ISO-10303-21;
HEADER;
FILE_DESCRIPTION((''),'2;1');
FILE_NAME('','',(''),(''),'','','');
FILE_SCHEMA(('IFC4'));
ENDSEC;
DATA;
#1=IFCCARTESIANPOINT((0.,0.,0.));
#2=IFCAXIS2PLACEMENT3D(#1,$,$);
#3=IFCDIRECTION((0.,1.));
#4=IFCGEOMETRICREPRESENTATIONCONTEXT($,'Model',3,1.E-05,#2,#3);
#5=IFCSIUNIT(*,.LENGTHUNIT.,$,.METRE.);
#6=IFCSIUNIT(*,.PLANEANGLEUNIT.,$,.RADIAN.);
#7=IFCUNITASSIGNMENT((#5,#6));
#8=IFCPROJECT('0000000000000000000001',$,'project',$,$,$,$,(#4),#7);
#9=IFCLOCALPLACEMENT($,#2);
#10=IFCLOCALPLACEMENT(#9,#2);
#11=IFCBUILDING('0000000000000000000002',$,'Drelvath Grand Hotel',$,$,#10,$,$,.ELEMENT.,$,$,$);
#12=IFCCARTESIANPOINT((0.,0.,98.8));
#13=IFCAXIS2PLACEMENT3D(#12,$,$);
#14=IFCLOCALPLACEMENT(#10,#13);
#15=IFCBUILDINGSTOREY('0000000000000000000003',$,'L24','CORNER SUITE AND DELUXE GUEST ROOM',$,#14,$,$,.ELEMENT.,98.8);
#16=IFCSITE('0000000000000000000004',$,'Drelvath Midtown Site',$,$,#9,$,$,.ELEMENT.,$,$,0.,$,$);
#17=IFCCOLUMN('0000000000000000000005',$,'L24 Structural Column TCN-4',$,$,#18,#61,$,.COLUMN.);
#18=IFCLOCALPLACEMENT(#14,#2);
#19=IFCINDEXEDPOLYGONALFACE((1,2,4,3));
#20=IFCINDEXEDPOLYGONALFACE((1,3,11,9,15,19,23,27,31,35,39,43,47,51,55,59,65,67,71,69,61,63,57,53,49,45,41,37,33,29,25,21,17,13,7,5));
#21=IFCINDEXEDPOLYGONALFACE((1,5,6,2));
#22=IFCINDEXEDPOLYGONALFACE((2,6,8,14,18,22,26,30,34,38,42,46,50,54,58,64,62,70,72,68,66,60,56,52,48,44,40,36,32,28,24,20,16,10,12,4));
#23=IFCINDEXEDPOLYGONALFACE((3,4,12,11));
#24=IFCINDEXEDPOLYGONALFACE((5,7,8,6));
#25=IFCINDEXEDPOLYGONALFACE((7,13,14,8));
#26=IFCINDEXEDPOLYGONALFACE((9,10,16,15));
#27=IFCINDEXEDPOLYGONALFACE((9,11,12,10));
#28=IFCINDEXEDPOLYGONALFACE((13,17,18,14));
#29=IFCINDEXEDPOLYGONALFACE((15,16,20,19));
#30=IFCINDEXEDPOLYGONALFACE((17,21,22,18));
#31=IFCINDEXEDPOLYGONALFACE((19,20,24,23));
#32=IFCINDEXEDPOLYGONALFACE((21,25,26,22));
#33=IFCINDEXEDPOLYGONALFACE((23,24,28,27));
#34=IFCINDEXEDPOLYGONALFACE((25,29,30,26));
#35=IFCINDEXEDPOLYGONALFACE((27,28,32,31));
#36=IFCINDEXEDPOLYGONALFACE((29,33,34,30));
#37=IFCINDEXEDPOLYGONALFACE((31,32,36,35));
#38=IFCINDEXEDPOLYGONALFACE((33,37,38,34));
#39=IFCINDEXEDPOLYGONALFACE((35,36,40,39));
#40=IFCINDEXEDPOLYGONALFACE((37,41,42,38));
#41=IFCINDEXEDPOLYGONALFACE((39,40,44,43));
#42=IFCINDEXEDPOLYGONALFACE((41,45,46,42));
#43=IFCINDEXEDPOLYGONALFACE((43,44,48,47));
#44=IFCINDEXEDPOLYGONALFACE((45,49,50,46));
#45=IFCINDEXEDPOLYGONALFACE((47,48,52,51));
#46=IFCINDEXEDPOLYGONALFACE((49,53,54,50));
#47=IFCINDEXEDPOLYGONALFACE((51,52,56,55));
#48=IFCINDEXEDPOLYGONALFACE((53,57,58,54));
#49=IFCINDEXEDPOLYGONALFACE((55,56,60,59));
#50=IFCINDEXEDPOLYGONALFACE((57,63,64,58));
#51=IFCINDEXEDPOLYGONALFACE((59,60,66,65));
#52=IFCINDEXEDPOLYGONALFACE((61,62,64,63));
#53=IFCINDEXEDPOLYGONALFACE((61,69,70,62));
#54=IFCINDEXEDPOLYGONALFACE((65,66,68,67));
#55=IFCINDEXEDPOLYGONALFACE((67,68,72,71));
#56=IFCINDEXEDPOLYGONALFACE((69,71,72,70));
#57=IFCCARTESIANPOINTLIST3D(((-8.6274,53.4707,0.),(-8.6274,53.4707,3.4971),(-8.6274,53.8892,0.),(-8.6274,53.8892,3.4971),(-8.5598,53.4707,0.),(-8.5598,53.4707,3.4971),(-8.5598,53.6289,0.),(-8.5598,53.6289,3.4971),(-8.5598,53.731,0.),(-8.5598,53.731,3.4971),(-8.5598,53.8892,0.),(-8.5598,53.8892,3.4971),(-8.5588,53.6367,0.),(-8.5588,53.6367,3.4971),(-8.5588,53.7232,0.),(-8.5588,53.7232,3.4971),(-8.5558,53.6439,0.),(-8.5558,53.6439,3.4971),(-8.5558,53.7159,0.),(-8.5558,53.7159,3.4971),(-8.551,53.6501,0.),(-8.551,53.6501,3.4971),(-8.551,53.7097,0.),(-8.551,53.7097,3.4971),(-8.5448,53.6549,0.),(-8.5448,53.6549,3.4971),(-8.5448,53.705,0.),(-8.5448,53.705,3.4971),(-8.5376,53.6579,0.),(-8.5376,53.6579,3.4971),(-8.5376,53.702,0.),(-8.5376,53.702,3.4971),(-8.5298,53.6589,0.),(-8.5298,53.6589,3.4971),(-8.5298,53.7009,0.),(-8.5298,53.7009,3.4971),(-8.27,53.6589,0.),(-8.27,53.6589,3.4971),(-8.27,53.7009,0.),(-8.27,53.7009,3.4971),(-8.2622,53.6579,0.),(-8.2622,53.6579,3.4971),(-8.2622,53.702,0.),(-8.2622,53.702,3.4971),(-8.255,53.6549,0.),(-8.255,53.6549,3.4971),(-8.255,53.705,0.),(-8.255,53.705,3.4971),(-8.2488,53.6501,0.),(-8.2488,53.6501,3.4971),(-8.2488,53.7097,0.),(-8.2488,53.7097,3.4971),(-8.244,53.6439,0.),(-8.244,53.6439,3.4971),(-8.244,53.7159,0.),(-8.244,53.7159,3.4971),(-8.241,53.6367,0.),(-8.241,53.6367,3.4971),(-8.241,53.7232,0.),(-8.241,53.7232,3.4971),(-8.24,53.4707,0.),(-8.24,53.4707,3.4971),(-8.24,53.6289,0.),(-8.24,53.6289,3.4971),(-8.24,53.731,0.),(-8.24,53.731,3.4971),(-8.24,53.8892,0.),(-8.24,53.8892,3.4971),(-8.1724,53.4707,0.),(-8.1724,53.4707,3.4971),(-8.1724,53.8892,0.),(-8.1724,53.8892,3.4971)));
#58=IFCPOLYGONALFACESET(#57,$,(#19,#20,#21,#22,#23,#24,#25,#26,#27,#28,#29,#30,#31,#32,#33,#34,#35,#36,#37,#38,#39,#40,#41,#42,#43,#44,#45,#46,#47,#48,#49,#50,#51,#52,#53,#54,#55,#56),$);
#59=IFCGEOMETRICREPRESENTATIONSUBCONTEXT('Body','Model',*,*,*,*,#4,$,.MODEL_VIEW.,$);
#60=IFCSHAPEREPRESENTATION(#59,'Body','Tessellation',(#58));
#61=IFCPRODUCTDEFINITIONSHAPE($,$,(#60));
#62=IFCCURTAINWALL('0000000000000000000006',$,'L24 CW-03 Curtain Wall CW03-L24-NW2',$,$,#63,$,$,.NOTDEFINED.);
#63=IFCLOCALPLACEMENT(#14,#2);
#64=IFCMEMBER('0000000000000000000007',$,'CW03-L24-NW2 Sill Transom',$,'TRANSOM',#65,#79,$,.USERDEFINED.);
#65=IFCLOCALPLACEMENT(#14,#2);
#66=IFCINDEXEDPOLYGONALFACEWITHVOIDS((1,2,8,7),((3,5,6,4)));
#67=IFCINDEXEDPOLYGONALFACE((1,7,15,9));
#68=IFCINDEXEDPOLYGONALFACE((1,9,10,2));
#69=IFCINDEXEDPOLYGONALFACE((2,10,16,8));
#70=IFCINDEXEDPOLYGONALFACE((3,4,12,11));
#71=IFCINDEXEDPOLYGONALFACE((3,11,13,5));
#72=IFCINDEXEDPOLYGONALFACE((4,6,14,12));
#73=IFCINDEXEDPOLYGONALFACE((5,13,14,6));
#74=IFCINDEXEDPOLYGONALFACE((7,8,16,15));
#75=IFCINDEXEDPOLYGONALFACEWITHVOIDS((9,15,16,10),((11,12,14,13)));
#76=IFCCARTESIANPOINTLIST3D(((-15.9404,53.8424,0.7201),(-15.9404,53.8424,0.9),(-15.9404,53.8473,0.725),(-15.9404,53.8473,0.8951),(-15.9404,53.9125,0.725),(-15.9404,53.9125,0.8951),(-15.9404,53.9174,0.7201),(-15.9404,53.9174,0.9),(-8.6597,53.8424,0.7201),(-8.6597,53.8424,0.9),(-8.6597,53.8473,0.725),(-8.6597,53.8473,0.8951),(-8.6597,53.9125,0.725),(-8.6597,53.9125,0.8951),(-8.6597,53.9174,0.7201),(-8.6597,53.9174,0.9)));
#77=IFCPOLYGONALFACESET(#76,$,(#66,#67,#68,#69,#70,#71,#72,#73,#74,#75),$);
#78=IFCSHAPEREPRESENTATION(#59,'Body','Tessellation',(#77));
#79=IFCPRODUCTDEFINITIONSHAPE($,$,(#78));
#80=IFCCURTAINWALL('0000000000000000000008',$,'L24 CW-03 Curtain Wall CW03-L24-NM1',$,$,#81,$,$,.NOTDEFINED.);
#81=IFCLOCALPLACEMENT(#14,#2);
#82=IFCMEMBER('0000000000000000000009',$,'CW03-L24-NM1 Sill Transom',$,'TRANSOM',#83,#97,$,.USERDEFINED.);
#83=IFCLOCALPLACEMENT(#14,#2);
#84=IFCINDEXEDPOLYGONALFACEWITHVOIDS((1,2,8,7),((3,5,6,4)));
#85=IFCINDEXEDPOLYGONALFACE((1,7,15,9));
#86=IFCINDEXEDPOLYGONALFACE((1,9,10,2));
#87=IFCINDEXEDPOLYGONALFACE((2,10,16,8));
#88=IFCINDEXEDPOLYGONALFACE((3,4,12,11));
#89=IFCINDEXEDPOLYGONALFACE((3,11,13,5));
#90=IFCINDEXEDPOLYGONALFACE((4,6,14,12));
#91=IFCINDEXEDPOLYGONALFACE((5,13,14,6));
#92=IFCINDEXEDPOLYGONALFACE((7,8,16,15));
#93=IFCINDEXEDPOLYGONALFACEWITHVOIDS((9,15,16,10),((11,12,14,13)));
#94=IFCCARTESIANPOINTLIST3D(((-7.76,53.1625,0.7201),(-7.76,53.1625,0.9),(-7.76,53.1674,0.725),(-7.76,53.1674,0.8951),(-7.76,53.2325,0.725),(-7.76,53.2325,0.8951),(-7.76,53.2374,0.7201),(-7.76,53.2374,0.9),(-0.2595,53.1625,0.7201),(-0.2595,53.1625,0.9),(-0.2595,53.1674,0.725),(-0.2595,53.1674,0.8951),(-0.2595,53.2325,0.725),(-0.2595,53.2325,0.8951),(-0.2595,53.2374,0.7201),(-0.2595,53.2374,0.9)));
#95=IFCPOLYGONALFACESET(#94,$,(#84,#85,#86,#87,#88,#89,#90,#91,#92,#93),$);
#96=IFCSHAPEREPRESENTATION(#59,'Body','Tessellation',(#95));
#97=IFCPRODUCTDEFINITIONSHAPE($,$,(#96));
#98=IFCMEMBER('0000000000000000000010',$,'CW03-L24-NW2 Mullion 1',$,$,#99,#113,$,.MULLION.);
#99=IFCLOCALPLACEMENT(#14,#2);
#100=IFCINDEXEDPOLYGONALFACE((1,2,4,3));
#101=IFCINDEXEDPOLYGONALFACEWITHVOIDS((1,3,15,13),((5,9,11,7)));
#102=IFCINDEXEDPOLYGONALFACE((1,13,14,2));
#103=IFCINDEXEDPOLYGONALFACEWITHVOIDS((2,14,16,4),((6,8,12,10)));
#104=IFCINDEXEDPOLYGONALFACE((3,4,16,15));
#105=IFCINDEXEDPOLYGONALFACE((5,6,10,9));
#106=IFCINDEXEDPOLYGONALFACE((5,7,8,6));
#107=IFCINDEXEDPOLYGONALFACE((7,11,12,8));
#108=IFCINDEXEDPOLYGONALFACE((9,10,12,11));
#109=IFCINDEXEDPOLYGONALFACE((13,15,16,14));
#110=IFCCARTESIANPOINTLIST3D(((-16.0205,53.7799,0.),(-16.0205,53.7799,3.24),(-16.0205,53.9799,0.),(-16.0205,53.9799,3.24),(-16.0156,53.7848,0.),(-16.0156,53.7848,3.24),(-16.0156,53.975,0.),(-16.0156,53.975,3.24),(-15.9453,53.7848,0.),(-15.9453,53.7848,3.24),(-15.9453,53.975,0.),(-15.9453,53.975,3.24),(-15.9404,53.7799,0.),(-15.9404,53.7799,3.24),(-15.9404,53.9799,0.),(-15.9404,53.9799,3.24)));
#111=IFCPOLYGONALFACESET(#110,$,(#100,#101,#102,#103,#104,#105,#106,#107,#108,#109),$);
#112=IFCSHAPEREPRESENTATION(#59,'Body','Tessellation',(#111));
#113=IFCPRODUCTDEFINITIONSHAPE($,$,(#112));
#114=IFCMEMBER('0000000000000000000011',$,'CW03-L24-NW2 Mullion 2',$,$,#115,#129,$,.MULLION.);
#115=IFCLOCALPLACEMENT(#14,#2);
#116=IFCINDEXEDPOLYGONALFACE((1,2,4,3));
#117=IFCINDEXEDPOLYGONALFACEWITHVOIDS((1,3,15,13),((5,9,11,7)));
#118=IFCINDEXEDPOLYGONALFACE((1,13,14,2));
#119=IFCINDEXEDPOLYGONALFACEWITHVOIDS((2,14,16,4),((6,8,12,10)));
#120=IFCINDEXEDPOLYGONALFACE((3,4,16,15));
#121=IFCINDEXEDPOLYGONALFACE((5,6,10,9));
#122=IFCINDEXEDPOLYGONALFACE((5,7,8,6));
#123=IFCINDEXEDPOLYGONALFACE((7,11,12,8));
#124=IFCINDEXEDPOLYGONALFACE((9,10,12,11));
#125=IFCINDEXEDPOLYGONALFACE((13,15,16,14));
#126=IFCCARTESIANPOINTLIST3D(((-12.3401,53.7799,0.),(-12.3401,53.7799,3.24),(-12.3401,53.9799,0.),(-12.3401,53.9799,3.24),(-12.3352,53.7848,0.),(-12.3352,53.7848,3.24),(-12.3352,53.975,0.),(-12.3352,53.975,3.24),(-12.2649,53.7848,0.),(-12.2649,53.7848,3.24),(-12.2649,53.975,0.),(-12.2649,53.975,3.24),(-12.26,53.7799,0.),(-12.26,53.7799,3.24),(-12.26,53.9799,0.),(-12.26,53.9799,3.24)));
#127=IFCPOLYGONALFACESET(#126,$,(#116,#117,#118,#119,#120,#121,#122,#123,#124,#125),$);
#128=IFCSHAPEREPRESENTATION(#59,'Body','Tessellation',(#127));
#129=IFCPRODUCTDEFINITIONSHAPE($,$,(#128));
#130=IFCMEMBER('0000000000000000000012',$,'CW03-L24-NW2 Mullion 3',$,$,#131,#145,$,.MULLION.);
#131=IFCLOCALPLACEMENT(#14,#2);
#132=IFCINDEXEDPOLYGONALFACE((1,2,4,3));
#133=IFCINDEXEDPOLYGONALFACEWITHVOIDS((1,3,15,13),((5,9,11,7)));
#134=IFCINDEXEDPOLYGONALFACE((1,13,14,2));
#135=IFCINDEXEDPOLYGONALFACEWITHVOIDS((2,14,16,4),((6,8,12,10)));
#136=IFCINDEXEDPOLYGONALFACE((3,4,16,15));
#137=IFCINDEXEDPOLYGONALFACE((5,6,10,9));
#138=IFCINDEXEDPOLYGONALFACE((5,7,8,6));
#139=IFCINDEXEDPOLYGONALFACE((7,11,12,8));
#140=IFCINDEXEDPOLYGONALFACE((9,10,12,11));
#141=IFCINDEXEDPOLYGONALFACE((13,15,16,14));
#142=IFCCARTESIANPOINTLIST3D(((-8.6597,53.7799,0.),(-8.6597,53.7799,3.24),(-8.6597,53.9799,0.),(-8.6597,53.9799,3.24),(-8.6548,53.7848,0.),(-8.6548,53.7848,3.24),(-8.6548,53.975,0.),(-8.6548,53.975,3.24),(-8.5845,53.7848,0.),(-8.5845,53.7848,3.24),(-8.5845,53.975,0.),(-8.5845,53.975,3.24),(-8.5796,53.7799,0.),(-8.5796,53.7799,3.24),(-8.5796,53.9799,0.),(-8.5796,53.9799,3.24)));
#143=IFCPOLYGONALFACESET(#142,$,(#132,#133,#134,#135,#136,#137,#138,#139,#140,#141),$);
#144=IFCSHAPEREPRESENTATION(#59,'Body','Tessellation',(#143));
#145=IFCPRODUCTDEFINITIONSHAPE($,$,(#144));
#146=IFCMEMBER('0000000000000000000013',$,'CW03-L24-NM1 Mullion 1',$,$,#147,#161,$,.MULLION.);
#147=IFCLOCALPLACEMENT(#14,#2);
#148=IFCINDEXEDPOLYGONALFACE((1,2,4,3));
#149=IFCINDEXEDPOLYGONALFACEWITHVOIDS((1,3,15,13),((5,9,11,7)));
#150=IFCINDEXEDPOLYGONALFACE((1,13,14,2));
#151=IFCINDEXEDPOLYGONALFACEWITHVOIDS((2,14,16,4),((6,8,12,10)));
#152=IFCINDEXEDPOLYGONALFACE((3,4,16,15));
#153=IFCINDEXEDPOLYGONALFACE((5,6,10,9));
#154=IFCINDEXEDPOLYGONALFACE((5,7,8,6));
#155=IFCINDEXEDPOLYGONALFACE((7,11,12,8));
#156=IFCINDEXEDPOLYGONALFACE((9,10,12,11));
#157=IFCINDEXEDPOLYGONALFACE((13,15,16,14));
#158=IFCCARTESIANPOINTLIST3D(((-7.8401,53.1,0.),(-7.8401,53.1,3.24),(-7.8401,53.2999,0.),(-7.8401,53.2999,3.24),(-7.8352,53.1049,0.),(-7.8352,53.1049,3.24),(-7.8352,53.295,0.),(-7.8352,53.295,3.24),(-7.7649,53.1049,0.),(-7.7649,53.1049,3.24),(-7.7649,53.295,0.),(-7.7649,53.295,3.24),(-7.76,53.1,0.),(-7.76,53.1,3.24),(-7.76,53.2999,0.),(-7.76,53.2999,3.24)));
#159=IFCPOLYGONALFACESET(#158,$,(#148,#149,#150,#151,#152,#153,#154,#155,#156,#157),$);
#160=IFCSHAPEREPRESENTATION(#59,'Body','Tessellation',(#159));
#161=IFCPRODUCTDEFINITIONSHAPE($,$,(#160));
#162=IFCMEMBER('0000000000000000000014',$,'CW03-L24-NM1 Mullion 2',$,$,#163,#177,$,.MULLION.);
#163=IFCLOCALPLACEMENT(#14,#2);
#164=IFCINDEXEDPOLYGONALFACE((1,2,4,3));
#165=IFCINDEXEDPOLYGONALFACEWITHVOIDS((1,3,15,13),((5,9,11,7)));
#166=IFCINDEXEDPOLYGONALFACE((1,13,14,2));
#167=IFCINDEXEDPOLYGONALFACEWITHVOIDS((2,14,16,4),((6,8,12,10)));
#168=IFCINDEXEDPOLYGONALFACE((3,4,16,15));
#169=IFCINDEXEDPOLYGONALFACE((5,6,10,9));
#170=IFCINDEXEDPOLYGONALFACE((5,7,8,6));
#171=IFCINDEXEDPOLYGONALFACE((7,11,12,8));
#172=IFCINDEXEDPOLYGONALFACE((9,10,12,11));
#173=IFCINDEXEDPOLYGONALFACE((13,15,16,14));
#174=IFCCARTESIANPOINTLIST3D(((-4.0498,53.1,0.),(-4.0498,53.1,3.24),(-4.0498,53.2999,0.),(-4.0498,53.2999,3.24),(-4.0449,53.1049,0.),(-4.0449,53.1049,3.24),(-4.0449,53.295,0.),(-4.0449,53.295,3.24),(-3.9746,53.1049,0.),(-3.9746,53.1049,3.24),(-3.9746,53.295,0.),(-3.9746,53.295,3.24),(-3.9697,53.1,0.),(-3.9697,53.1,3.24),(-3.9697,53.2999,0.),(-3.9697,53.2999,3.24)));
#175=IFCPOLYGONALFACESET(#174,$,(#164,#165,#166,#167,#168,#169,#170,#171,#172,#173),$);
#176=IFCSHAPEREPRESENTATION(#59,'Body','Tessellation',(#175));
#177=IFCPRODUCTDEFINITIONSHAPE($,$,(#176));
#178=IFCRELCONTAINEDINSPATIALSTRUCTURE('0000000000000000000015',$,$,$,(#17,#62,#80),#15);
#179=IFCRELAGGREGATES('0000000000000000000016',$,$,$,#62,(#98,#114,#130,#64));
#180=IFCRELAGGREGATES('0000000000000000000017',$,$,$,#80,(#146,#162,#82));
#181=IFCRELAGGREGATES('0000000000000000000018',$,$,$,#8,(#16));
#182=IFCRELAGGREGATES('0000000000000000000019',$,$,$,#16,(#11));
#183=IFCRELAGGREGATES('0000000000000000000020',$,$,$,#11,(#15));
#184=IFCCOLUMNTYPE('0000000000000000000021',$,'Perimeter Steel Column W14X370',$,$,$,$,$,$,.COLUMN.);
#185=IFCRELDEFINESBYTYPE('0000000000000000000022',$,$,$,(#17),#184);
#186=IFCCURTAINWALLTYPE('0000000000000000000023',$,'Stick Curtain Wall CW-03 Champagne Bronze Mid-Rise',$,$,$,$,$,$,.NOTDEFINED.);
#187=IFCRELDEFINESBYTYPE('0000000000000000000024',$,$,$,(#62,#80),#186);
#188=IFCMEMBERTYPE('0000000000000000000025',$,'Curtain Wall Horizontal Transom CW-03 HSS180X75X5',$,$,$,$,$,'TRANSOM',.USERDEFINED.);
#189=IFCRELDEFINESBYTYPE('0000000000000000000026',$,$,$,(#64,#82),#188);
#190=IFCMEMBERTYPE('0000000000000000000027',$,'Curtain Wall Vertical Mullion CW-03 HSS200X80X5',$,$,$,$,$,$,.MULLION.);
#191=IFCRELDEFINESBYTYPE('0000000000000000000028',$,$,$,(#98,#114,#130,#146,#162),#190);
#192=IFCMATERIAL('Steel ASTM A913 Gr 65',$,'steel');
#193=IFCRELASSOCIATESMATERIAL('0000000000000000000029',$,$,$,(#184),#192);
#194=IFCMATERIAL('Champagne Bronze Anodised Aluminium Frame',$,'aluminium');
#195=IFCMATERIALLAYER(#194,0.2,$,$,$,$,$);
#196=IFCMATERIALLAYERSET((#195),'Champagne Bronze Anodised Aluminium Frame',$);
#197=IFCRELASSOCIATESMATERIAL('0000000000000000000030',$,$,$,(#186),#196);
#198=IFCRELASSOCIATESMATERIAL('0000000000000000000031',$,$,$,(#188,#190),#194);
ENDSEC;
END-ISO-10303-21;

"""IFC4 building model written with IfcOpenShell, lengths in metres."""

from ifc_helpers import new_model, si_unit, direction, frame, origin, origin_2d, place, context, subcontext, project, spatial, hollow_rectangle, i_section, extrude, material, layer, layer_set, material_profile, profile_set, type_object, element, aggregate, save


model = new_model("IFC4")

# Units and contexts
model_context = context("Model", 3, precision=1e-05, world=origin(), true_north=direction((0.0, 1.0)))
body_context = subcontext(model_context, "Body", "Model", "MODEL_VIEW")
ifc_project = project(units=[si_unit("LENGTHUNIT", "METRE"), si_unit("PLANEANGLEUNIT", "RADIAN")], contexts=[model_context])

# Site, building, storey
site_placement = place(None, origin())
site = spatial("IfcSite", under=ifc_project, at=site_placement, Name="Drelvath Midtown Site", CompositionType="ELEMENT", RefElevation=0.0)
building_placement = place(site_placement, origin())
building = spatial("IfcBuilding", under=site, at=building_placement, Name="Drelvath Grand Hotel", CompositionType="ELEMENT")
storey_placement = place(building_placement, frame((0.0, 0.0, 98.8)))
storey = spatial("IfcBuildingStorey", under=building, at=storey_placement, Name="L24", Description="CORNER SUITE AND DELUXE GUEST ROOM", CompositionType="ELEMENT", Elevation=98.8)

# Column
ifc_material_1 = material(Name="Steel ASTM A913 Gr 65", Category="steel")
ifc_material_profile_1 = material_profile(ifc_material_1, i_section(OverallWidth=0.4185, OverallDepth=0.4551, WebThickness=0.042, FlangeThickness=0.0676, FilletRadius=0.03, at=origin_2d()), Name="W14X370")
ifc_profile_set_1 = profile_set([ifc_material_profile_1], Name="Steel ASTM A913 Gr 65")
column_type = type_object("IfcColumnType", Name="Perimeter Steel Column W14X370", PredefinedType="COLUMN", material=ifc_profile_set_1)
column_placement = place(storey_placement, frame((-8.3999, 53.6799, 0.0), z_axis=(0.0, 0.0, 1.0), x_axis=(0.0, 1.0, 0.0)))
element("IfcColumn", 1, at=column_placement, inside=storey, type_object=column_type, Name="L24 Structural Column TCN-4", PredefinedType="COLUMN", context=body_context, shape_type="SweptSolid", body=[
    extrude(i_section(OverallWidth=0.4185, OverallDepth=0.4551, WebThickness=0.042, FlangeThickness=0.0676, FilletRadius=0.03, at=origin_2d()), origin(), (0.0, 0.0, 1.0), 3.4971),
])

# Curtain walls, members
ifc_material_2 = material(Name="Champagne Bronze Anodised Aluminium Frame", Category="aluminium")
ifc_layer_1 = layer(ifc_material_2, 0.2)
ifc_layer_set_1 = layer_set([ifc_layer_1], Name="Champagne Bronze Anodised Aluminium Frame")
curtain_wall_type = type_object("IfcCurtainWallType", Name="Stick Curtain Wall CW-03 Champagne Bronze Mid-Rise", PredefinedType="NOTDEFINED", material=ifc_layer_set_1)
curtain_wall_1_placement = place(storey_placement, origin())
curtain_wall_1 = element("IfcCurtainWall", 2, at=curtain_wall_1_placement, inside=storey, type_object=curtain_wall_type, Name="L24 CW-03 Curtain Wall CW03-L24-NW2", PredefinedType="NOTDEFINED")
ifc_material_profile_2 = material_profile(ifc_material_2, hollow_rectangle(XDim=0.075, YDim=0.1799, WallThickness=0.0049, at=origin_2d()), Name="HSS180X75X5")
ifc_profile_set_2 = profile_set([ifc_material_profile_2], Name="Champagne Bronze Anodised Aluminium Frame")
member_type_1 = type_object("IfcMemberType", Name="Curtain Wall Horizontal Transom CW-03 HSS180X75X5", ElementType="TRANSOM", PredefinedType="USERDEFINED", material=ifc_profile_set_2)
member_1_placement = place(storey_placement, frame((-15.9404, 53.8799, 0.8101), z_axis=(1.0, 0.0, 0.0), x_axis=(0.0, 1.0, 0.0)))
member_1 = element("IfcMember", 3, at=member_1_placement, type_object=member_type_1, Name="CW03-L24-NW2 Sill Transom", ObjectType="TRANSOM", PredefinedType="USERDEFINED", context=body_context, shape_type="SweptSolid", body=[
    extrude(hollow_rectangle(XDim=0.075, YDim=0.1799, WallThickness=0.0049, at=origin_2d()), origin(), (0.0, 0.0, 1.0), 7.2808),
])
curtain_wall_2_placement = place(storey_placement, origin())
curtain_wall_2 = element("IfcCurtainWall", 4, at=curtain_wall_2_placement, inside=storey, type_object=curtain_wall_type, Name="L24 CW-03 Curtain Wall CW03-L24-NM1", PredefinedType="NOTDEFINED")
member_2_placement = place(storey_placement, frame((-7.76, 53.2, 0.8101), z_axis=(1.0, 0.0, 0.0), x_axis=(0.0, 1.0, 0.0)))
member_2 = element("IfcMember", 5, at=member_2_placement, type_object=member_type_1, Name="CW03-L24-NM1 Sill Transom", ObjectType="TRANSOM", PredefinedType="USERDEFINED", context=body_context, shape_type="SweptSolid", body=[
    extrude(hollow_rectangle(XDim=0.075, YDim=0.1799, WallThickness=0.0049, at=origin_2d()), origin(), (0.0, 0.0, 1.0), 7.5005),
])

# Members
ifc_material_profile_3 = material_profile(ifc_material_2, hollow_rectangle(XDim=0.0801, YDim=0.2, WallThickness=0.0049, at=origin_2d()), Name="HSS200X80X5")
ifc_profile_set_3 = profile_set([ifc_material_profile_3], Name="Champagne Bronze Anodised Aluminium Frame")
member_type_2 = type_object("IfcMemberType", Name="Curtain Wall Vertical Mullion CW-03 HSS200X80X5", PredefinedType="MULLION", material=ifc_profile_set_3)
member_3_placement = place(storey_placement, frame((-15.9805, 53.8799, 0.0), z_axis=(0.0, 0.0, 1.0), x_axis=(1.0, 0.0, 0.0)))
member_3 = element("IfcMember", 6, at=member_3_placement, type_object=member_type_2, Name="CW03-L24-NW2 Mullion 1", PredefinedType="MULLION", context=body_context, shape_type="SweptSolid", body=[
    extrude(hollow_rectangle(XDim=0.0801, YDim=0.2, WallThickness=0.0049, at=origin_2d()), origin(), (0.0, 0.0, 1.0), 3.24),
])
member_4_placement = place(storey_placement, frame((-12.3, 53.8799, 0.0), z_axis=(0.0, 0.0, 1.0), x_axis=(1.0, 0.0, 0.0)))
member_4 = element("IfcMember", 7, at=member_4_placement, type_object=member_type_2, Name="CW03-L24-NW2 Mullion 2", PredefinedType="MULLION", context=body_context, shape_type="SweptSolid", body=[
    extrude(hollow_rectangle(XDim=0.0801, YDim=0.2, WallThickness=0.0049, at=origin_2d()), origin(), (0.0, 0.0, 1.0), 3.24),
])
member_5_placement = place(storey_placement, frame((-8.6196, 53.8799, 0.0), z_axis=(0.0, 0.0, 1.0), x_axis=(1.0, 0.0, 0.0)))
member_5 = element("IfcMember", 8, at=member_5_placement, type_object=member_type_2, Name="CW03-L24-NW2 Mullion 3", PredefinedType="MULLION", context=body_context, shape_type="SweptSolid", body=[
    extrude(hollow_rectangle(XDim=0.0801, YDim=0.2, WallThickness=0.0049, at=origin_2d()), origin(), (0.0, 0.0, 1.0), 3.24),
])
member_6_placement = place(storey_placement, frame((-7.8, 53.2, 0.0), z_axis=(0.0, 0.0, 1.0), x_axis=(1.0, 0.0, 0.0)))
member_6 = element("IfcMember", 9, at=member_6_placement, type_object=member_type_2, Name="CW03-L24-NM1 Mullion 1", PredefinedType="MULLION", context=body_context, shape_type="SweptSolid", body=[
    extrude(hollow_rectangle(XDim=0.0801, YDim=0.2, WallThickness=0.0049, at=origin_2d()), origin(), (0.0, 0.0, 1.0), 3.24),
])
member_7_placement = place(storey_placement, frame((-4.0098, 53.2, 0.0), z_axis=(0.0, 0.0, 1.0), x_axis=(1.0, 0.0, 0.0)))
member_7 = element("IfcMember", 10, at=member_7_placement, type_object=member_type_2, Name="CW03-L24-NM1 Mullion 2", PredefinedType="MULLION", context=body_context, shape_type="SweptSolid", body=[
    extrude(hollow_rectangle(XDim=0.0801, YDim=0.2, WallThickness=0.0049, at=origin_2d()), origin(), (0.0, 0.0, 1.0), 3.24),
])

aggregate(curtain_wall_1, [member_3, member_4, member_5, member_1])
aggregate(curtain_wall_2, [member_6, member_7, member_2])

save(model, "model.ifc")
